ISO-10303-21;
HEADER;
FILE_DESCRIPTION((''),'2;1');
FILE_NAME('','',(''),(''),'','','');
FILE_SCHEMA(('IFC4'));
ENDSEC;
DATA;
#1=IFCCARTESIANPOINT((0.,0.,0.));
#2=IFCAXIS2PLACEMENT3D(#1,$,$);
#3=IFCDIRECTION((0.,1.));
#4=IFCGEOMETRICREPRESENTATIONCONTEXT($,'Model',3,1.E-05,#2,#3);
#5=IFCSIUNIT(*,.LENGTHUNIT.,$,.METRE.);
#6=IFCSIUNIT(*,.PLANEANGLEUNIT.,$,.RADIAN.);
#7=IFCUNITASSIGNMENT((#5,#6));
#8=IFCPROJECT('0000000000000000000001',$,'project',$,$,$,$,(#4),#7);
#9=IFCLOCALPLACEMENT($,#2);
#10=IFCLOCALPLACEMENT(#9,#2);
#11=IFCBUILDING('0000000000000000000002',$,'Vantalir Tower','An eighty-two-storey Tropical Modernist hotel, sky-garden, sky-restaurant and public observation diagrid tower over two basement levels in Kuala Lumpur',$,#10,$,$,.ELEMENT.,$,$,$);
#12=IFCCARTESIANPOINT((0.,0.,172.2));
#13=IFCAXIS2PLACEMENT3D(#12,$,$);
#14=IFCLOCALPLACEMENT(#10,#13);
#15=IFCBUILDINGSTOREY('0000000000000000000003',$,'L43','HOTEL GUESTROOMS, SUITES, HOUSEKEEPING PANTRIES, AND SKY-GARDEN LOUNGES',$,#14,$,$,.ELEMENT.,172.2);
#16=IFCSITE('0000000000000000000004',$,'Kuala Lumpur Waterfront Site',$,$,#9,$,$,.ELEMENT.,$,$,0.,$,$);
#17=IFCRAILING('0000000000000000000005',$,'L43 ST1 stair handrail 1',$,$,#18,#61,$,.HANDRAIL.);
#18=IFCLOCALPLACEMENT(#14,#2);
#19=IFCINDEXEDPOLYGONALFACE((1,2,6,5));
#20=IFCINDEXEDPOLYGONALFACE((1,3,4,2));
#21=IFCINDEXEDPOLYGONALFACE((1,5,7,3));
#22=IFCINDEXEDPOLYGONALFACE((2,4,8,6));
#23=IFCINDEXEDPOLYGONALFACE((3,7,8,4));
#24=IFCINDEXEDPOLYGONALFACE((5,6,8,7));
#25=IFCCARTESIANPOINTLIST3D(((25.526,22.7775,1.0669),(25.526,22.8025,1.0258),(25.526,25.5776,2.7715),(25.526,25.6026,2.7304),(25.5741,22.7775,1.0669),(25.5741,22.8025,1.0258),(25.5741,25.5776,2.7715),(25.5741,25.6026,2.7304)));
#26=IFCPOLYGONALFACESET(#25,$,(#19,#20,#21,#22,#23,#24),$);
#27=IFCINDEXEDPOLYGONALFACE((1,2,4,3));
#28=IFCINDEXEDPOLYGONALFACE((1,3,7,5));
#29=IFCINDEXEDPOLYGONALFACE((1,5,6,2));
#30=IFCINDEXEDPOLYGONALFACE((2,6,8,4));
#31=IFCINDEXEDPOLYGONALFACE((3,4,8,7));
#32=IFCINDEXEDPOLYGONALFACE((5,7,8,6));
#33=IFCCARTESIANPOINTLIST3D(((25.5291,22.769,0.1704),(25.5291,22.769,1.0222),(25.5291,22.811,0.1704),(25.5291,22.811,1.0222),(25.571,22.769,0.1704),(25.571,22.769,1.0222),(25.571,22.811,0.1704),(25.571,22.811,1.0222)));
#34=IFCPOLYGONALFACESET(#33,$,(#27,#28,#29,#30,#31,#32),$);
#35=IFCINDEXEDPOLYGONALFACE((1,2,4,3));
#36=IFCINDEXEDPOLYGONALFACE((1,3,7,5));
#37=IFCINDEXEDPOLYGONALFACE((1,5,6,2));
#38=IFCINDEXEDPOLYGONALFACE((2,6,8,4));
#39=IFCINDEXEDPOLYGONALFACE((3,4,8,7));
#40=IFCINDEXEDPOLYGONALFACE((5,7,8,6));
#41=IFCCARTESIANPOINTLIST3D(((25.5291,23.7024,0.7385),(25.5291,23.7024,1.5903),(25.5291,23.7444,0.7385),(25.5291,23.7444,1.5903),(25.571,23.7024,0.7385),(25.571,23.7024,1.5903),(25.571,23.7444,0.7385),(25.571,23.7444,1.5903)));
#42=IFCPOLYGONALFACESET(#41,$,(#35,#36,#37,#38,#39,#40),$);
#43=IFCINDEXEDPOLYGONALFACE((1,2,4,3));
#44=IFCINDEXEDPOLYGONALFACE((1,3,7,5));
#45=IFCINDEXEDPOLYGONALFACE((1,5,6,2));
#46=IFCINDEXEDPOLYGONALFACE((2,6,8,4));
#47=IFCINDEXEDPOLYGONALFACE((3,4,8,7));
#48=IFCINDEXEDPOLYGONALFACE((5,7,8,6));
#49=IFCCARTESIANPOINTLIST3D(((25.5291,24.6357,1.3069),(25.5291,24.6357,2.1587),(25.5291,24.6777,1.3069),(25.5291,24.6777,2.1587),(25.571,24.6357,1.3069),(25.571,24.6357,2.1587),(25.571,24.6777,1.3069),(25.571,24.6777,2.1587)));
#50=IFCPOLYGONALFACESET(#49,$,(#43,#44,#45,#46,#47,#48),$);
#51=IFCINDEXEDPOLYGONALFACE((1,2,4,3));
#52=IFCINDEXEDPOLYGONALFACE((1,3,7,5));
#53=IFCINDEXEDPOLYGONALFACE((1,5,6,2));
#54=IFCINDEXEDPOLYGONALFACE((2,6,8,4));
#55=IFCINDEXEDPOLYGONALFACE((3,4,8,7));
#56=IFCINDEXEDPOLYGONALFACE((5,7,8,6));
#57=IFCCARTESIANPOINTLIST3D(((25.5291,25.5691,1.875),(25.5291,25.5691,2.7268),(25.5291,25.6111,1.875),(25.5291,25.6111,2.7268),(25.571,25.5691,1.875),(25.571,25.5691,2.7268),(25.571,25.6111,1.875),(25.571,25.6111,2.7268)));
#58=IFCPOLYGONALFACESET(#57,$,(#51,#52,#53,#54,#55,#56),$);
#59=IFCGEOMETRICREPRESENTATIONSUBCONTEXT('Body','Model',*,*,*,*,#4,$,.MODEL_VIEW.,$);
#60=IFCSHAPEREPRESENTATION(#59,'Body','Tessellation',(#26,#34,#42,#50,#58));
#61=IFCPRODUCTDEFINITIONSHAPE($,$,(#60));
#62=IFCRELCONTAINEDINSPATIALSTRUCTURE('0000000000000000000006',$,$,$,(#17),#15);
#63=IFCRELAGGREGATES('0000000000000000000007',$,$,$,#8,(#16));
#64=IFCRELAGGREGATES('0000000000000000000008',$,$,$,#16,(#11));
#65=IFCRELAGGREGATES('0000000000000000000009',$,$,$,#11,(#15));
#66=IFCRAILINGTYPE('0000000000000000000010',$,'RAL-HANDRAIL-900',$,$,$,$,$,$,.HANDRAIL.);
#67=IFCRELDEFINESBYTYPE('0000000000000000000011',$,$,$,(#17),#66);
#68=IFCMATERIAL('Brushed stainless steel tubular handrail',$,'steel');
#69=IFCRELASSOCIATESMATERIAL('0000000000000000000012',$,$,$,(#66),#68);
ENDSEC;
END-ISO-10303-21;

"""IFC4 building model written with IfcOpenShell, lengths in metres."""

from ifc_helpers import new_model, si_unit, direction, frame, origin, origin_2d, place, context, subcontext, project, spatial, rectangle, extrude, material, type_object, element, save


model = new_model("IFC4")

# Units and contexts
model_context = context("Model", 3, precision=1e-05, world=origin(), true_north=direction((0.0, 1.0)))
body_context = subcontext(model_context, "Body", "Model", "MODEL_VIEW")
ifc_project = project(units=[si_unit("LENGTHUNIT", "METRE"), si_unit("PLANEANGLEUNIT", "RADIAN")], contexts=[model_context])

# Site, building, storey
site_placement = place(None, origin())
site = spatial("IfcSite", under=ifc_project, at=site_placement, Name="Kuala Lumpur Waterfront Site", CompositionType="ELEMENT", RefElevation=0.0)
building_placement = place(site_placement, origin())
building = spatial("IfcBuilding", under=site, at=building_placement, Name="Vantalir Tower", Description="An eighty-two-storey Tropical Modernist hotel, sky-garden, sky-restaurant and public observation diagrid tower over two basement levels in Kuala Lumpur", CompositionType="ELEMENT")
storey_placement = place(building_placement, frame((0.0, 0.0, 172.2)))
storey = spatial("IfcBuildingStorey", under=building, at=storey_placement, Name="L43", Description="HOTEL GUESTROOMS, SUITES, HOUSEKEEPING PANTRIES, AND SKY-GARDEN LOUNGES", CompositionType="ELEMENT", Elevation=172.2)

# Railing
ifc_material_1 = material(Name="Brushed stainless steel tubular handrail", Category="steel")
railing_type_1 = type_object("IfcRailingType", Name="RAL-HANDRAIL-900", PredefinedType="HANDRAIL", material=ifc_material_1)
railing_1_placement = place(storey_placement, frame((25.55, 22.79, 0.1704)))
element("IfcRailing", 1, at=railing_1_placement, inside=storey, type_object=railing_type_1, Name="L43 ST1 stair handrail 1", PredefinedType="HANDRAIL", context=body_context, shape_type="SweptSolid", body=[
    extrude(rectangle(XDim=0.0481, YDim=0.0481, at=origin_2d()), frame((0.0, 0.0, 0.876), z_axis=(0.0, 0.85417, 0.519994), x_axis=(-1.0, 0.0, 0.0)), (0.0, 0.0, 1.0), 3.2781),
    extrude(rectangle(XDim=0.042, YDim=0.042, at=origin_2d()), origin(), (0.0, 0.0, 1.0), 0.8518),
    extrude(rectangle(XDim=0.042, YDim=0.042, at=origin_2d()), frame((0.0, 0.9333, 0.5681)), (0.0, 0.0, 1.0), 0.8518),
    extrude(rectangle(XDim=0.042, YDim=0.042, at=origin_2d()), frame((0.0, 1.8667, 1.1365)), (0.0, 0.0, 1.0), 0.8518),
    extrude(rectangle(XDim=0.042, YDim=0.042, at=origin_2d()), frame((0.0, 2.8, 1.7046)), (0.0, 0.0, 1.0), 0.8518),
])

save(model, "model.ifc")
